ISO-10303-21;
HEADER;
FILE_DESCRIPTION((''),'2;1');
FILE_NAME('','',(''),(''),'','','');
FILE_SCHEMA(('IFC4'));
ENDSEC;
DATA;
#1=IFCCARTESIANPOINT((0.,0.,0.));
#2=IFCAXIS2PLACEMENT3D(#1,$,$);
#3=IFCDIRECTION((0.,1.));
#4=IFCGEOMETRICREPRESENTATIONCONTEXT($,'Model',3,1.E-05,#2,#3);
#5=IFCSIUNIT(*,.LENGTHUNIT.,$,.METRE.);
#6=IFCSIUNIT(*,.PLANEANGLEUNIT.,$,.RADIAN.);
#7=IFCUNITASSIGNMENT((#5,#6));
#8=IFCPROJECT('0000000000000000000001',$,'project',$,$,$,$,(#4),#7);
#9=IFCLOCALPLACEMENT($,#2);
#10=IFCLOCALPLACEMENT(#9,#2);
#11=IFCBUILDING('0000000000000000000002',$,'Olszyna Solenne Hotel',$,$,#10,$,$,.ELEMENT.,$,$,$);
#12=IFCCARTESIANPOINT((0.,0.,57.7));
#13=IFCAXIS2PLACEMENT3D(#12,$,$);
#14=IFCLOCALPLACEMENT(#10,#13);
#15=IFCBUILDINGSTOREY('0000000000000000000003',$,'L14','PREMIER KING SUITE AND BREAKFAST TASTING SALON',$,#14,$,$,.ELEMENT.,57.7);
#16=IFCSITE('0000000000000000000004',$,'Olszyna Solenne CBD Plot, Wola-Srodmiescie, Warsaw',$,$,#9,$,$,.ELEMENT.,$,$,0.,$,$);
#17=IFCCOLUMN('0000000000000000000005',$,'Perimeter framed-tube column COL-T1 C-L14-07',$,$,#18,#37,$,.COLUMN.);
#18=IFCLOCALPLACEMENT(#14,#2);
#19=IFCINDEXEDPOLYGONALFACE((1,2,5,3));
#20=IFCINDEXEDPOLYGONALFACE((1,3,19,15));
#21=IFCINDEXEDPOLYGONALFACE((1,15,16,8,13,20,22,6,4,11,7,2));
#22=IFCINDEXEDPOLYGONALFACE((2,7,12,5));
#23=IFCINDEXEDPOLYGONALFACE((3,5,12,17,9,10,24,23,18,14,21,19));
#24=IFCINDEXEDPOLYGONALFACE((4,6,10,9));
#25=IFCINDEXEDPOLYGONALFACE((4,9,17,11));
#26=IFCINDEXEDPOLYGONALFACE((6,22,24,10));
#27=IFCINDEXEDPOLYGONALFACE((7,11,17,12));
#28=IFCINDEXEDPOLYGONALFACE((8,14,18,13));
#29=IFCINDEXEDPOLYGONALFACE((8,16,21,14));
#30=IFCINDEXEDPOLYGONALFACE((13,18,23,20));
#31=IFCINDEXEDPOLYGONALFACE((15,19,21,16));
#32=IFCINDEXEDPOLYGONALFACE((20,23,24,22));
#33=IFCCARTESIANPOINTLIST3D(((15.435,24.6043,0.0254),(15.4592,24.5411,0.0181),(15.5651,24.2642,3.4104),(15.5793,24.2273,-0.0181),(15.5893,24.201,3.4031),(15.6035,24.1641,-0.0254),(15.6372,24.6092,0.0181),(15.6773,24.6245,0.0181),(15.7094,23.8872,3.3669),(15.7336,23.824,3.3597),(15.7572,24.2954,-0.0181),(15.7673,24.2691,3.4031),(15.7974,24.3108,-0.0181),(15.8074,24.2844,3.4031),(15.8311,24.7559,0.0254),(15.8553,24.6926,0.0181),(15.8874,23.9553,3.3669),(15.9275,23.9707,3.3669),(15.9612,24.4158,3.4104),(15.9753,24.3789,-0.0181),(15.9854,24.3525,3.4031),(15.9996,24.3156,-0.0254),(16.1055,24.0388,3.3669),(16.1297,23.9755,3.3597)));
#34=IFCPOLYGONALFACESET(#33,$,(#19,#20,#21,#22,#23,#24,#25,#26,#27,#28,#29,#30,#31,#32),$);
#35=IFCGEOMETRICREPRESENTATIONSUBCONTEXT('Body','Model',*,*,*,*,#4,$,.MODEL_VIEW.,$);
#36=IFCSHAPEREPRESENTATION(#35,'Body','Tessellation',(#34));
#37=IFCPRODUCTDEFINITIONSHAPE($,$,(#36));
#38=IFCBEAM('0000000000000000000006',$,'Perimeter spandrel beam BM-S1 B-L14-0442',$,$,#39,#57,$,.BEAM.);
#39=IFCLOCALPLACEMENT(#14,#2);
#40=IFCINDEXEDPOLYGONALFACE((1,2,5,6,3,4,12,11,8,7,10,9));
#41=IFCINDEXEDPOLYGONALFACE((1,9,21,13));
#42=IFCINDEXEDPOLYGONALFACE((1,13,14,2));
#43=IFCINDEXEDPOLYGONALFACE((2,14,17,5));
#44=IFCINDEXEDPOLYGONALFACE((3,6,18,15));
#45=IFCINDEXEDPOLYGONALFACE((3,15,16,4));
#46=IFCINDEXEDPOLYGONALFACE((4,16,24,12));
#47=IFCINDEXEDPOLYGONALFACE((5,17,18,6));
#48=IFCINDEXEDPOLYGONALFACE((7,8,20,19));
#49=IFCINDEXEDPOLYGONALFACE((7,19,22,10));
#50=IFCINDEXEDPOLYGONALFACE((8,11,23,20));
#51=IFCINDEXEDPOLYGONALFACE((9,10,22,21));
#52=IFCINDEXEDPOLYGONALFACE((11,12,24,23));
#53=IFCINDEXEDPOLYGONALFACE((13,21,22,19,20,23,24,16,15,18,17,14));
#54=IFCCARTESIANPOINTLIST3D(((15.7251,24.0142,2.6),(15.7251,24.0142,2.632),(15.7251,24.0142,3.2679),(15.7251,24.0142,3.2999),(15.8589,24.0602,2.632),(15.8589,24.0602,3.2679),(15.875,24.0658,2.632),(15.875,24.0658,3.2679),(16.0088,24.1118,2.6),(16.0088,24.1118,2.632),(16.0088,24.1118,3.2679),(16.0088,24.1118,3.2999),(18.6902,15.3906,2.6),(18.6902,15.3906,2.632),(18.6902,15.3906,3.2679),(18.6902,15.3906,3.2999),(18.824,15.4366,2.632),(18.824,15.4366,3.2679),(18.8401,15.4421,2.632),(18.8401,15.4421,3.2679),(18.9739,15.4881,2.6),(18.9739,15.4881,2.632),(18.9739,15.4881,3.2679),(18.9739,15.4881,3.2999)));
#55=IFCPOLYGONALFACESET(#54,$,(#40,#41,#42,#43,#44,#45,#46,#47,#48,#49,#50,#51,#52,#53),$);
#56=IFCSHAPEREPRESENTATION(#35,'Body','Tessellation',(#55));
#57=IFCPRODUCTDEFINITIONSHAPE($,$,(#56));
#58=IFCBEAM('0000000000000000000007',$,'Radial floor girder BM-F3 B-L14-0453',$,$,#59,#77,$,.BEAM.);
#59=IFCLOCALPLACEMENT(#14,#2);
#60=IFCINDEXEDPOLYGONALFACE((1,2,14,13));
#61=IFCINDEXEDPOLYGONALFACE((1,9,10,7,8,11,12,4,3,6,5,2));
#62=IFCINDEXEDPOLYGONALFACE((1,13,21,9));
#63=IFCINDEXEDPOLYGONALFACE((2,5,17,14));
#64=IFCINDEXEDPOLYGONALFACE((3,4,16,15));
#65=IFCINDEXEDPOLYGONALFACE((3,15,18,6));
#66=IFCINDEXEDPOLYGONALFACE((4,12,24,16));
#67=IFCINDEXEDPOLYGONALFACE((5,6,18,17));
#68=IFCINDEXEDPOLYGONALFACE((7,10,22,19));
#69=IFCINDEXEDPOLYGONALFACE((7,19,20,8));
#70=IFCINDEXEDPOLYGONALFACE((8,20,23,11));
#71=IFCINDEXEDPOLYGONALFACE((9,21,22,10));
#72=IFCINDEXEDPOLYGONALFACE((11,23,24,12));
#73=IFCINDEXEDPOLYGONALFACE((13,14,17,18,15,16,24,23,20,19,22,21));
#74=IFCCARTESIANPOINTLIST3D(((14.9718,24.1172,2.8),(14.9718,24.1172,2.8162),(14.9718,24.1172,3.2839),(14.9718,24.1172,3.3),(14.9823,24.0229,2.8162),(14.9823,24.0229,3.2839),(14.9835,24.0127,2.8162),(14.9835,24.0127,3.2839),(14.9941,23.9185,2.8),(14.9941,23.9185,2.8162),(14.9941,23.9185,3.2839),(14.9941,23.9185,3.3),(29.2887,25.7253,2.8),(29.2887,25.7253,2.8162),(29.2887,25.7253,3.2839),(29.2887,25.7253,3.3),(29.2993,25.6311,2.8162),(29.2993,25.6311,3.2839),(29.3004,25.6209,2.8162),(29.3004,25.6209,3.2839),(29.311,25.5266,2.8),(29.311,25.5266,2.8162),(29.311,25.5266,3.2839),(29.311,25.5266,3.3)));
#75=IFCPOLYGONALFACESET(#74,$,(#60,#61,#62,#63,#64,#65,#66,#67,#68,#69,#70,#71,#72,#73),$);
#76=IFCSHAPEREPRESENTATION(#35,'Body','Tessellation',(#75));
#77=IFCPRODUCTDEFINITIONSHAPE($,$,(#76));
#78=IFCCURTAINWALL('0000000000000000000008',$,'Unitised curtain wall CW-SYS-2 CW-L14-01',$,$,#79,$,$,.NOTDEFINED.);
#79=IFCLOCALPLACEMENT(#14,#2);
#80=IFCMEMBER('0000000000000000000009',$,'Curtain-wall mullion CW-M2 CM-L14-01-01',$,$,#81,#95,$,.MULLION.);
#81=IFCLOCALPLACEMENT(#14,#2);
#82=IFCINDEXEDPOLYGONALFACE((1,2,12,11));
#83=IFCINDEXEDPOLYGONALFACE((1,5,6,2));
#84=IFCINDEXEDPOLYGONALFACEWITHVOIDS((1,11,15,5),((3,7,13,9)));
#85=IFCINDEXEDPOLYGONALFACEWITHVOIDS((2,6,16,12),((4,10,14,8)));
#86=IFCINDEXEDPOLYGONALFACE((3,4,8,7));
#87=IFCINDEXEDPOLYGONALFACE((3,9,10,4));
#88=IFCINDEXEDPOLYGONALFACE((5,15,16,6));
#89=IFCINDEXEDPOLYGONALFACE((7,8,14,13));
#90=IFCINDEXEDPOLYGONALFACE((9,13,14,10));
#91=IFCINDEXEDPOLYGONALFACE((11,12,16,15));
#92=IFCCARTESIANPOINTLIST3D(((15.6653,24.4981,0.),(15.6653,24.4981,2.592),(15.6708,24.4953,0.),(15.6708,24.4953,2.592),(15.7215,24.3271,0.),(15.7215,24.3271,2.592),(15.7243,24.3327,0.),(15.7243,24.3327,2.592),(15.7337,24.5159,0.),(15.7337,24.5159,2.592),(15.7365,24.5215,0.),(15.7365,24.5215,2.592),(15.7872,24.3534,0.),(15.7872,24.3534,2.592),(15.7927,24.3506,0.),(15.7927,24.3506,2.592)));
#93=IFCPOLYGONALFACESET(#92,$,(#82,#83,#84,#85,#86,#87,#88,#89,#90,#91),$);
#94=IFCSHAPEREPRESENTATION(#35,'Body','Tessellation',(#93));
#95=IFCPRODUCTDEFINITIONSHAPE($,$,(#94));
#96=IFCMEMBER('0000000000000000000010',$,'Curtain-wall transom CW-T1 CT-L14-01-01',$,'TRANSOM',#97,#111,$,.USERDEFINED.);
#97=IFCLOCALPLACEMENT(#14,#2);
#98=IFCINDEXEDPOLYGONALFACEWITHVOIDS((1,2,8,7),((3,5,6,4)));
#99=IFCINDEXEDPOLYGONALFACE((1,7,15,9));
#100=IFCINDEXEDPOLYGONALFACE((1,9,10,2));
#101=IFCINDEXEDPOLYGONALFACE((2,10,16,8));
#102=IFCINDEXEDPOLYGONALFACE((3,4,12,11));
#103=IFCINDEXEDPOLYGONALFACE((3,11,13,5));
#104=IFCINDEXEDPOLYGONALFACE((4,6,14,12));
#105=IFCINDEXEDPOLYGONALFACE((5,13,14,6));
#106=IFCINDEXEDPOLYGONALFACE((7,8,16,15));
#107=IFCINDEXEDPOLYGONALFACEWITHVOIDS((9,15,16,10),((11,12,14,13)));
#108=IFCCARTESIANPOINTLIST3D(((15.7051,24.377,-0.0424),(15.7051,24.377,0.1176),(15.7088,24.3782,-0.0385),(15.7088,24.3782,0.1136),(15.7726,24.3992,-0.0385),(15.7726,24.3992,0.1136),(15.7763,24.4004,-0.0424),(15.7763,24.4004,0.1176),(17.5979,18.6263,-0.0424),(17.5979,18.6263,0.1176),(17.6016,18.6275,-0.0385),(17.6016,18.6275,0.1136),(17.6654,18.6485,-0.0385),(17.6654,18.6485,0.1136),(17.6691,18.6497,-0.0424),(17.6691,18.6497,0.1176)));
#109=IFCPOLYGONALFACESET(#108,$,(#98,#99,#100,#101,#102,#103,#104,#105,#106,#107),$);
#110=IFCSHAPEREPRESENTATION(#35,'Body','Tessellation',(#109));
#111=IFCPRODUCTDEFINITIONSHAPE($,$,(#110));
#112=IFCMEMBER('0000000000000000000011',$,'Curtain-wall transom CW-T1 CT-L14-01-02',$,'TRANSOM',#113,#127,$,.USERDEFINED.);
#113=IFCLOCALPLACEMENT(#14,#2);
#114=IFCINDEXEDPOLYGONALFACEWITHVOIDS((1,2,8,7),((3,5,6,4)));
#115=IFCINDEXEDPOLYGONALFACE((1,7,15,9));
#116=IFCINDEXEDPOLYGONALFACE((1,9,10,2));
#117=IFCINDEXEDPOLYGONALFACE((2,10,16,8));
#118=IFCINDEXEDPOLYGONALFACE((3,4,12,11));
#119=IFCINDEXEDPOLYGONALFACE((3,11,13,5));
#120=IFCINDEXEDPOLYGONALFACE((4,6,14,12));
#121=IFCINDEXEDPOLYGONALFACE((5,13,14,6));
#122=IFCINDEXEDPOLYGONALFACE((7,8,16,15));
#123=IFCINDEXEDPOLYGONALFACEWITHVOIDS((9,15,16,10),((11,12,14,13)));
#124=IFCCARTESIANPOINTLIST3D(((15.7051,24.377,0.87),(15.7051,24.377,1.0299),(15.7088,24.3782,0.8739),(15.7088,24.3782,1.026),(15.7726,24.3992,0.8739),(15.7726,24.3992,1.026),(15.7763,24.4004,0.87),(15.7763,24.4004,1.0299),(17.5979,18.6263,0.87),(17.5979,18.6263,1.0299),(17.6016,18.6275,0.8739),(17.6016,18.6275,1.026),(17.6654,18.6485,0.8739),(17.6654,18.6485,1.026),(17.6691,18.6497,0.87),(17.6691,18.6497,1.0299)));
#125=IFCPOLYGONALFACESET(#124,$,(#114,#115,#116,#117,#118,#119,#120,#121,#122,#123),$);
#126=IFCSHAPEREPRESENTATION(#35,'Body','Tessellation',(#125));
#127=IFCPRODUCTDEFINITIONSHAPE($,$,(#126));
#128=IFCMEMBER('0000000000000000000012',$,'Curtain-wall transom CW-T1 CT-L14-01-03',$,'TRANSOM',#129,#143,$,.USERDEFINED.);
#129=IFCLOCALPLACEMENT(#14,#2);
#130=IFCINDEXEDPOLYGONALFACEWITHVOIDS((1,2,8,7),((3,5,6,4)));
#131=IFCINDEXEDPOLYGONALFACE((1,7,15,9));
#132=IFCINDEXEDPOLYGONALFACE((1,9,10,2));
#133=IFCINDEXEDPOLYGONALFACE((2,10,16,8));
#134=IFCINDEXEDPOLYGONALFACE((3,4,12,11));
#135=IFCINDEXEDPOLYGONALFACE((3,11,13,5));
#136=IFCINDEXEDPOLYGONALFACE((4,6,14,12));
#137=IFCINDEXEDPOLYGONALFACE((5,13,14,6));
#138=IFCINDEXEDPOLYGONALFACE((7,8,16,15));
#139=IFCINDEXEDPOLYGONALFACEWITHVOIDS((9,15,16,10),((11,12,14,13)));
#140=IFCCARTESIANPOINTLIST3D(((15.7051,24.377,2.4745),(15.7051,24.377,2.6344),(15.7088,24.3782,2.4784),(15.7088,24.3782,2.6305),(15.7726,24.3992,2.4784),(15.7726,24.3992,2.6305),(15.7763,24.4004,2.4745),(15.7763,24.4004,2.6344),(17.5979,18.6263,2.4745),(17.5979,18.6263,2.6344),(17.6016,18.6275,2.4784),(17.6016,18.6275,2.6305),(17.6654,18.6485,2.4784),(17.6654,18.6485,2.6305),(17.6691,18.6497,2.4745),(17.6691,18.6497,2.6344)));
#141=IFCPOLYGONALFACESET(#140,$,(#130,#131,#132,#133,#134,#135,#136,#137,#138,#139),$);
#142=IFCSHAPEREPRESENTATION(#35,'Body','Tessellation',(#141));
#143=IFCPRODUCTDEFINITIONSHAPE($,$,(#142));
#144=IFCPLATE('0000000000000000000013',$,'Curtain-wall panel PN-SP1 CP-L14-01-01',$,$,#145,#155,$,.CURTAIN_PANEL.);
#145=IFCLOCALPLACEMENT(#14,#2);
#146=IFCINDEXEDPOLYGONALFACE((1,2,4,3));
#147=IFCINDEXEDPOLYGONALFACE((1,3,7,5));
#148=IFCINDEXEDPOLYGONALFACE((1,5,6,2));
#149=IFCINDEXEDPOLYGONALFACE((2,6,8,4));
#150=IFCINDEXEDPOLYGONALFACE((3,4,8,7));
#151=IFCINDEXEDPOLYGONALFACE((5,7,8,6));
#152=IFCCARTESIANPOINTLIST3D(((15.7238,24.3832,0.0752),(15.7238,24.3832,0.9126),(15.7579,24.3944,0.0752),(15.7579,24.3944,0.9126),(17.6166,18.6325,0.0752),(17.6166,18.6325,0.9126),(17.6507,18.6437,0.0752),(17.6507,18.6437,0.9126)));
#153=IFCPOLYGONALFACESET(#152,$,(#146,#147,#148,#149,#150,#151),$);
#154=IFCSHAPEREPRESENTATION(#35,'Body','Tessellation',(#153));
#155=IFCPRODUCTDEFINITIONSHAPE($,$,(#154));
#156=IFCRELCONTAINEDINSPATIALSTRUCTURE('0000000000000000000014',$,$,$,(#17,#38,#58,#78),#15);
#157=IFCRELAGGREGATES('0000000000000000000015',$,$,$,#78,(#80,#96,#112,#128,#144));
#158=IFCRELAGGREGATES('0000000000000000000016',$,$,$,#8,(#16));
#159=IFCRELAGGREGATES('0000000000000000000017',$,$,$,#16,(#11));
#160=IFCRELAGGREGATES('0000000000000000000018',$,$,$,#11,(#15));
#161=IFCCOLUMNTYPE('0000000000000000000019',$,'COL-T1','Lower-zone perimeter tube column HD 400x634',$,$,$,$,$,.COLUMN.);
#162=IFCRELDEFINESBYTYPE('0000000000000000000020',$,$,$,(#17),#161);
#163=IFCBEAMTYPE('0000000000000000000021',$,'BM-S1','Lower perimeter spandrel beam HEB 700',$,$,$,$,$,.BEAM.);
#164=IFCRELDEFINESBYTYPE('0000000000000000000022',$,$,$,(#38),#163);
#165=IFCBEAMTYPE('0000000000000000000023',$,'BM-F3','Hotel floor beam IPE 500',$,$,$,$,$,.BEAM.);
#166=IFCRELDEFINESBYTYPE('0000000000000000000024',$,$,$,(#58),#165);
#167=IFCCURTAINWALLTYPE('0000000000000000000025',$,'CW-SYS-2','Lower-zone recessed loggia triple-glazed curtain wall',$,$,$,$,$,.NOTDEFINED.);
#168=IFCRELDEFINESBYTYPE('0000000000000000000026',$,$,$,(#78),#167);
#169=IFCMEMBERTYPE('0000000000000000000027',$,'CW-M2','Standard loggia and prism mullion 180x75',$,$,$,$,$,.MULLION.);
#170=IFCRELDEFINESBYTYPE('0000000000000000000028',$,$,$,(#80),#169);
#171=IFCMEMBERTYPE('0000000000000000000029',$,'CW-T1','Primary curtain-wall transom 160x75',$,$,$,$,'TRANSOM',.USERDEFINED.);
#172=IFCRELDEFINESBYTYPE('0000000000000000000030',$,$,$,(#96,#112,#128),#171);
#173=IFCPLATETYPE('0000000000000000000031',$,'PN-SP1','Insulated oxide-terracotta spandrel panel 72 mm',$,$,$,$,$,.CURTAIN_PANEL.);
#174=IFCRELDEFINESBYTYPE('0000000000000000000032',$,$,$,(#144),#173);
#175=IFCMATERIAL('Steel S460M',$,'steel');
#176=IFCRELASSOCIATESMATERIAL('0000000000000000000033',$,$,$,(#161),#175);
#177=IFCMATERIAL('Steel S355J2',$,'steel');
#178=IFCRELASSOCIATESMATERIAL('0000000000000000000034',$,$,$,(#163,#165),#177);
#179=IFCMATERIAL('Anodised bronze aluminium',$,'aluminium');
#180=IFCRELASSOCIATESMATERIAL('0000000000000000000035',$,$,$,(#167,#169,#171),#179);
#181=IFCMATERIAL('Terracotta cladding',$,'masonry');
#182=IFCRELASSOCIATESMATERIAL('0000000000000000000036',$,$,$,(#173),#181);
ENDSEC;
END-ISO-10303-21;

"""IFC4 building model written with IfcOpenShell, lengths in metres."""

from ifc_helpers import new_model, si_unit, direction, frame, origin, origin_2d, place, context, subcontext, project, spatial, rectangle, hollow_rectangle, i_section, extrude, source, transform, mapped, material, material_profile, profile_set, type_object, element, aggregate, save


model = new_model("IFC4")

# Units and contexts
model_context = context("Model", 3, precision=1e-05, world=origin(), true_north=direction((0.0, 1.0)))
body_context = subcontext(model_context, "Body", "Model", "MODEL_VIEW")
ifc_project = project(units=[si_unit("LENGTHUNIT", "METRE"), si_unit("PLANEANGLEUNIT", "RADIAN")], contexts=[model_context])

# Site, building, storey
site_placement = place(None, origin())
site = spatial("IfcSite", under=ifc_project, at=site_placement, Name="Olszyna Solenne CBD Plot, Wola-Srodmiescie, Warsaw", CompositionType="ELEMENT", RefElevation=0.0)
building_placement = place(site_placement, origin())
building = spatial("IfcBuilding", under=site, at=building_placement, Name="Olszyna Solenne Hotel", CompositionType="ELEMENT")
storey_placement = place(building_placement, frame((0.0, 0.0, 57.7)))
storey = spatial("IfcBuildingStorey", under=building, at=storey_placement, Name="L14", Description="PREMIER KING SUITE AND BREAKFAST TASTING SALON", CompositionType="ELEMENT", Elevation=57.7)

# Column
ifc_material_1 = material(Name="Steel S460M", Category="steel")
ifc_material_profile_1 = material_profile(ifc_material_1, i_section(OverallWidth=0.4241, OverallDepth=0.4741, WebThickness=0.043, FlangeThickness=0.0681, at=origin_2d()), Name="HD 400x634", Category="load-bearing")
ifc_profile_set_1 = profile_set([ifc_material_profile_1], Name="Steel S460M")
column_type = type_object("IfcColumnType", Name="COL-T1", Description="Lower-zone perimeter tube column HD 400x634", PredefinedType="COLUMN", material=ifc_profile_set_1)
shared_shape_1 = source(origin(), body_context, "Body", "SweptSolid", [
    extrude(i_section(OverallWidth=0.4241, OverallDepth=0.4741, WebThickness=0.043, FlangeThickness=0.0681, at=origin_2d()), origin(), (0.0, 0.0, 1.0), 3.4045),
])
column_placement = place(storey_placement, frame((15.7173, 24.46, 0.0), z_axis=(0.038222, -0.099893, 0.994264), x_axis=(0.933966, 0.357361, 0.0)))
element("IfcColumn", 1, at=column_placement, inside=storey, type_object=column_type, Name="Perimeter framed-tube column COL-T1 C-L14-07", PredefinedType="COLUMN", context=body_context, shape_type="MappedRepresentation", body=[
    mapped(shared_shape_1, transform((0.0, 0.0, 0.0), x_axis=(1.0, 0.0, 0.0), y_axis=(0.0, 1.0, 0.0), z_axis=(0.0, 0.0, 1.0), scale=1.0)),
])

# Beams
ifc_material_2 = material(Name="Steel S355J2", Category="steel")
ifc_material_profile_2 = material_profile(ifc_material_2, i_section(OverallWidth=0.3, OverallDepth=0.7, WebThickness=0.0171, FlangeThickness=0.032, at=origin_2d()), Name="HEB 700", Category="load-bearing")
ifc_profile_set_2 = profile_set([ifc_material_profile_2], Name="Steel S355J2")
beam_type_1 = type_object("IfcBeamType", Name="BM-S1", Description="Lower perimeter spandrel beam HEB 700", PredefinedType="BEAM", material=ifc_profile_set_2)
shared_shape_2 = source(origin(), body_context, "Body", "SweptSolid", [
    extrude(i_section(OverallWidth=0.3, OverallDepth=0.7, WebThickness=0.0171, FlangeThickness=0.032, at=origin_2d()), origin(), (0.0, 0.0, 1.0), 9.1191),
])
beam_1_placement = place(storey_placement, frame((15.8669, 24.063, 2.95), z_axis=(0.325153, -0.945661, 0.0), x_axis=(0.945661, 0.325153, 0.0)))
element("IfcBeam", 2, at=beam_1_placement, inside=storey, type_object=beam_type_1, Name="Perimeter spandrel beam BM-S1 B-L14-0442", PredefinedType="BEAM", context=body_context, shape_type="MappedRepresentation", body=[
    mapped(shared_shape_2, transform((0.0, 0.0, 0.0), x_axis=(1.0, 0.0, 0.0), y_axis=(0.0, 1.0, 0.0), z_axis=(0.0, 0.0, 1.0), scale=1.0)),
])
ifc_material_profile_3 = material_profile(ifc_material_2, i_section(OverallWidth=0.2, OverallDepth=0.5, WebThickness=0.0103, FlangeThickness=0.0161, at=origin_2d()), Name="IPE 500", Category="load-bearing")
ifc_profile_set_3 = profile_set([ifc_material_profile_3], Name="Steel S355J2")
beam_type_2 = type_object("IfcBeamType", Name="BM-F3", Description="Hotel floor beam IPE 500", PredefinedType="BEAM", material=ifc_profile_set_3)
shared_shape_3 = source(origin(), body_context, "Body", "SweptSolid", [
    extrude(i_section(OverallWidth=0.2, OverallDepth=0.5, WebThickness=0.0103, FlangeThickness=0.0161, at=origin_2d()), origin(), (0.0, 0.0, 1.0), 14.407),
])
beam_2_placement = place(storey_placement, frame((14.9829, 24.0178, 3.05), z_axis=(0.993751, 0.111624, 0.0), x_axis=(-0.111624, 0.993751, 0.0)))
element("IfcBeam", 3, at=beam_2_placement, inside=storey, type_object=beam_type_2, Name="Radial floor girder BM-F3 B-L14-0453", PredefinedType="BEAM", context=body_context, shape_type="MappedRepresentation", body=[
    mapped(shared_shape_3, transform((0.0, 0.0, 0.0), x_axis=(1.0, 0.0, 0.0), y_axis=(0.0, 1.0, 0.0), z_axis=(0.0, 0.0, 1.0), scale=1.0)),
])

# Curtain wall, members, plate
ifc_material_3 = material(Name="Anodised bronze aluminium", Category="aluminium")
curtain_wall_type = type_object("IfcCurtainWallType", Name="CW-SYS-2", Description="Lower-zone recessed loggia triple-glazed curtain wall", PredefinedType="NOTDEFINED", material=ifc_material_3)
curtain_wall_placement = place(storey_placement, origin())
curtain_wall = element("IfcCurtainWall", 4, at=curtain_wall_placement, inside=storey, type_object=curtain_wall_type, Name="Unitised curtain wall CW-SYS-2 CW-L14-01", PredefinedType="NOTDEFINED")
ifc_material_profile_4 = material_profile(ifc_material_3, hollow_rectangle(XDim=0.075, YDim=0.1799, WallThickness=0.0044, at=origin_2d()), Name="MULL 180x75x4.5", Category="load-bearing")
ifc_profile_set_4 = profile_set([ifc_material_profile_4], Name="Anodised bronze aluminium")
member_type_1 = type_object("IfcMemberType", Name="CW-M2", Description="Standard loggia and prism mullion 180x75", PredefinedType="MULLION", material=ifc_profile_set_4)
shared_shape_4 = source(origin(), body_context, "Body", "SweptSolid", [
    extrude(hollow_rectangle(XDim=0.075, YDim=0.1799, WallThickness=0.0044, at=origin_2d()), origin(), (0.0, 0.0, 1.0), 2.592),
])
member_1_placement = place(storey_placement, frame((15.729, 24.4243, 0.0), z_axis=(0.0, 0.0, 1.0), x_axis=(0.94987, 0.312647, 0.0)))
member_1 = element("IfcMember", 5, at=member_1_placement, type_object=member_type_1, Name="Curtain-wall mullion CW-M2 CM-L14-01-01", PredefinedType="MULLION", context=body_context, shape_type="MappedRepresentation", body=[
    mapped(shared_shape_4, transform((0.0, 0.0, 0.0), x_axis=(1.0, 0.0, 0.0), y_axis=(0.0, 1.0, 0.0), z_axis=(0.0, 0.0, 1.0), scale=1.0)),
])
ifc_material_profile_5 = material_profile(ifc_material_3, hollow_rectangle(XDim=0.075, YDim=0.1599, WallThickness=0.0039, at=origin_2d()), Name="TRAN 160x75x4", Category="load-bearing")
ifc_profile_set_5 = profile_set([ifc_material_profile_5], Name="Anodised bronze aluminium")
member_type_2 = type_object("IfcMemberType", Name="CW-T1", Description="Primary curtain-wall transom 160x75", ElementType="TRANSOM", PredefinedType="USERDEFINED", material=ifc_profile_set_5)
shared_shape_5 = source(origin(), body_context, "Body", "SweptSolid", [
    extrude(hollow_rectangle(XDim=0.075, YDim=0.1599, WallThickness=0.0039, at=origin_2d()), origin(), (0.0, 0.0, 1.0), 6.0542),
])
member_2_placement = place(storey_placement, frame((15.7407, 24.3887, 0.0376), z_axis=(0.312645, -0.94987, 0.0), x_axis=(0.94987, 0.312645, 0.0)))
member_2 = element("IfcMember", 6, at=member_2_placement, type_object=member_type_2, Name="Curtain-wall transom CW-T1 CT-L14-01-01", ObjectType="TRANSOM", PredefinedType="USERDEFINED", context=body_context, shape_type="MappedRepresentation", body=[
    mapped(shared_shape_5, transform((0.0, 0.0, 0.0), x_axis=(1.0, 0.0, 0.0), y_axis=(0.0, 1.0, 0.0), z_axis=(0.0, 0.0, 1.0), scale=1.0)),
])
member_3_placement = place(storey_placement, frame((15.7407, 24.3887, 0.95), z_axis=(0.312645, -0.94987, 0.0), x_axis=(0.94987, 0.312645, 0.0)))
member_3 = element("IfcMember", 7, at=member_3_placement, type_object=member_type_2, Name="Curtain-wall transom CW-T1 CT-L14-01-02", ObjectType="TRANSOM", PredefinedType="USERDEFINED", context=body_context, shape_type="MappedRepresentation", body=[
    mapped(shared_shape_5, transform((0.0, 0.0, 0.0), x_axis=(1.0, 0.0, 0.0), y_axis=(0.0, 1.0, 0.0), z_axis=(0.0, 0.0, 1.0), scale=1.0)),
])
member_4_placement = place(storey_placement, frame((15.7407, 24.3887, 2.5544), z_axis=(0.312645, -0.94987, 0.0), x_axis=(0.94987, 0.312645, 0.0)))
member_4 = element("IfcMember", 8, at=member_4_placement, type_object=member_type_2, Name="Curtain-wall transom CW-T1 CT-L14-01-03", ObjectType="TRANSOM", PredefinedType="USERDEFINED", context=body_context, shape_type="MappedRepresentation", body=[
    mapped(shared_shape_5, transform((0.0, 0.0, 0.0), x_axis=(1.0, 0.0, 0.0), y_axis=(0.0, 1.0, 0.0), z_axis=(0.0, 0.0, 1.0), scale=1.0)),
])
ifc_material_4 = material(Name="Terracotta cladding", Category="masonry")
plate_type_1 = type_object("IfcPlateType", Name="PN-SP1", Description="Insulated oxide-terracotta spandrel panel 72 mm", PredefinedType="CURTAIN_PANEL", material=ifc_material_4)
shared_shape_6 = source(origin(), body_context, "Body", "SweptSolid", [
    extrude(rectangle(XDim=6.0542, YDim=0.0359, at=origin_2d()), origin(), (0.0, 0.0, 1.0), 0.8374),
])
plate_1_placement = place(storey_placement, frame((16.6873, 21.5134, 0.0752), z_axis=(0.0, 0.0, 1.0), x_axis=(0.312647, -0.94987, 0.0)))
plate_1 = element("IfcPlate", 9, at=plate_1_placement, type_object=plate_type_1, Name="Curtain-wall panel PN-SP1 CP-L14-01-01", PredefinedType="CURTAIN_PANEL", context=body_context, shape_type="MappedRepresentation", body=[
    mapped(shared_shape_6, transform((0.0, 0.0, 0.0), x_axis=(1.0, 0.0, 0.0), y_axis=(0.0, 1.0, 0.0), z_axis=(0.0, 0.0, 1.0), scale=1.0)),
])
aggregate(curtain_wall, [member_1, member_2, member_3, member_4, plate_1])

save(model, "model.ifc")
